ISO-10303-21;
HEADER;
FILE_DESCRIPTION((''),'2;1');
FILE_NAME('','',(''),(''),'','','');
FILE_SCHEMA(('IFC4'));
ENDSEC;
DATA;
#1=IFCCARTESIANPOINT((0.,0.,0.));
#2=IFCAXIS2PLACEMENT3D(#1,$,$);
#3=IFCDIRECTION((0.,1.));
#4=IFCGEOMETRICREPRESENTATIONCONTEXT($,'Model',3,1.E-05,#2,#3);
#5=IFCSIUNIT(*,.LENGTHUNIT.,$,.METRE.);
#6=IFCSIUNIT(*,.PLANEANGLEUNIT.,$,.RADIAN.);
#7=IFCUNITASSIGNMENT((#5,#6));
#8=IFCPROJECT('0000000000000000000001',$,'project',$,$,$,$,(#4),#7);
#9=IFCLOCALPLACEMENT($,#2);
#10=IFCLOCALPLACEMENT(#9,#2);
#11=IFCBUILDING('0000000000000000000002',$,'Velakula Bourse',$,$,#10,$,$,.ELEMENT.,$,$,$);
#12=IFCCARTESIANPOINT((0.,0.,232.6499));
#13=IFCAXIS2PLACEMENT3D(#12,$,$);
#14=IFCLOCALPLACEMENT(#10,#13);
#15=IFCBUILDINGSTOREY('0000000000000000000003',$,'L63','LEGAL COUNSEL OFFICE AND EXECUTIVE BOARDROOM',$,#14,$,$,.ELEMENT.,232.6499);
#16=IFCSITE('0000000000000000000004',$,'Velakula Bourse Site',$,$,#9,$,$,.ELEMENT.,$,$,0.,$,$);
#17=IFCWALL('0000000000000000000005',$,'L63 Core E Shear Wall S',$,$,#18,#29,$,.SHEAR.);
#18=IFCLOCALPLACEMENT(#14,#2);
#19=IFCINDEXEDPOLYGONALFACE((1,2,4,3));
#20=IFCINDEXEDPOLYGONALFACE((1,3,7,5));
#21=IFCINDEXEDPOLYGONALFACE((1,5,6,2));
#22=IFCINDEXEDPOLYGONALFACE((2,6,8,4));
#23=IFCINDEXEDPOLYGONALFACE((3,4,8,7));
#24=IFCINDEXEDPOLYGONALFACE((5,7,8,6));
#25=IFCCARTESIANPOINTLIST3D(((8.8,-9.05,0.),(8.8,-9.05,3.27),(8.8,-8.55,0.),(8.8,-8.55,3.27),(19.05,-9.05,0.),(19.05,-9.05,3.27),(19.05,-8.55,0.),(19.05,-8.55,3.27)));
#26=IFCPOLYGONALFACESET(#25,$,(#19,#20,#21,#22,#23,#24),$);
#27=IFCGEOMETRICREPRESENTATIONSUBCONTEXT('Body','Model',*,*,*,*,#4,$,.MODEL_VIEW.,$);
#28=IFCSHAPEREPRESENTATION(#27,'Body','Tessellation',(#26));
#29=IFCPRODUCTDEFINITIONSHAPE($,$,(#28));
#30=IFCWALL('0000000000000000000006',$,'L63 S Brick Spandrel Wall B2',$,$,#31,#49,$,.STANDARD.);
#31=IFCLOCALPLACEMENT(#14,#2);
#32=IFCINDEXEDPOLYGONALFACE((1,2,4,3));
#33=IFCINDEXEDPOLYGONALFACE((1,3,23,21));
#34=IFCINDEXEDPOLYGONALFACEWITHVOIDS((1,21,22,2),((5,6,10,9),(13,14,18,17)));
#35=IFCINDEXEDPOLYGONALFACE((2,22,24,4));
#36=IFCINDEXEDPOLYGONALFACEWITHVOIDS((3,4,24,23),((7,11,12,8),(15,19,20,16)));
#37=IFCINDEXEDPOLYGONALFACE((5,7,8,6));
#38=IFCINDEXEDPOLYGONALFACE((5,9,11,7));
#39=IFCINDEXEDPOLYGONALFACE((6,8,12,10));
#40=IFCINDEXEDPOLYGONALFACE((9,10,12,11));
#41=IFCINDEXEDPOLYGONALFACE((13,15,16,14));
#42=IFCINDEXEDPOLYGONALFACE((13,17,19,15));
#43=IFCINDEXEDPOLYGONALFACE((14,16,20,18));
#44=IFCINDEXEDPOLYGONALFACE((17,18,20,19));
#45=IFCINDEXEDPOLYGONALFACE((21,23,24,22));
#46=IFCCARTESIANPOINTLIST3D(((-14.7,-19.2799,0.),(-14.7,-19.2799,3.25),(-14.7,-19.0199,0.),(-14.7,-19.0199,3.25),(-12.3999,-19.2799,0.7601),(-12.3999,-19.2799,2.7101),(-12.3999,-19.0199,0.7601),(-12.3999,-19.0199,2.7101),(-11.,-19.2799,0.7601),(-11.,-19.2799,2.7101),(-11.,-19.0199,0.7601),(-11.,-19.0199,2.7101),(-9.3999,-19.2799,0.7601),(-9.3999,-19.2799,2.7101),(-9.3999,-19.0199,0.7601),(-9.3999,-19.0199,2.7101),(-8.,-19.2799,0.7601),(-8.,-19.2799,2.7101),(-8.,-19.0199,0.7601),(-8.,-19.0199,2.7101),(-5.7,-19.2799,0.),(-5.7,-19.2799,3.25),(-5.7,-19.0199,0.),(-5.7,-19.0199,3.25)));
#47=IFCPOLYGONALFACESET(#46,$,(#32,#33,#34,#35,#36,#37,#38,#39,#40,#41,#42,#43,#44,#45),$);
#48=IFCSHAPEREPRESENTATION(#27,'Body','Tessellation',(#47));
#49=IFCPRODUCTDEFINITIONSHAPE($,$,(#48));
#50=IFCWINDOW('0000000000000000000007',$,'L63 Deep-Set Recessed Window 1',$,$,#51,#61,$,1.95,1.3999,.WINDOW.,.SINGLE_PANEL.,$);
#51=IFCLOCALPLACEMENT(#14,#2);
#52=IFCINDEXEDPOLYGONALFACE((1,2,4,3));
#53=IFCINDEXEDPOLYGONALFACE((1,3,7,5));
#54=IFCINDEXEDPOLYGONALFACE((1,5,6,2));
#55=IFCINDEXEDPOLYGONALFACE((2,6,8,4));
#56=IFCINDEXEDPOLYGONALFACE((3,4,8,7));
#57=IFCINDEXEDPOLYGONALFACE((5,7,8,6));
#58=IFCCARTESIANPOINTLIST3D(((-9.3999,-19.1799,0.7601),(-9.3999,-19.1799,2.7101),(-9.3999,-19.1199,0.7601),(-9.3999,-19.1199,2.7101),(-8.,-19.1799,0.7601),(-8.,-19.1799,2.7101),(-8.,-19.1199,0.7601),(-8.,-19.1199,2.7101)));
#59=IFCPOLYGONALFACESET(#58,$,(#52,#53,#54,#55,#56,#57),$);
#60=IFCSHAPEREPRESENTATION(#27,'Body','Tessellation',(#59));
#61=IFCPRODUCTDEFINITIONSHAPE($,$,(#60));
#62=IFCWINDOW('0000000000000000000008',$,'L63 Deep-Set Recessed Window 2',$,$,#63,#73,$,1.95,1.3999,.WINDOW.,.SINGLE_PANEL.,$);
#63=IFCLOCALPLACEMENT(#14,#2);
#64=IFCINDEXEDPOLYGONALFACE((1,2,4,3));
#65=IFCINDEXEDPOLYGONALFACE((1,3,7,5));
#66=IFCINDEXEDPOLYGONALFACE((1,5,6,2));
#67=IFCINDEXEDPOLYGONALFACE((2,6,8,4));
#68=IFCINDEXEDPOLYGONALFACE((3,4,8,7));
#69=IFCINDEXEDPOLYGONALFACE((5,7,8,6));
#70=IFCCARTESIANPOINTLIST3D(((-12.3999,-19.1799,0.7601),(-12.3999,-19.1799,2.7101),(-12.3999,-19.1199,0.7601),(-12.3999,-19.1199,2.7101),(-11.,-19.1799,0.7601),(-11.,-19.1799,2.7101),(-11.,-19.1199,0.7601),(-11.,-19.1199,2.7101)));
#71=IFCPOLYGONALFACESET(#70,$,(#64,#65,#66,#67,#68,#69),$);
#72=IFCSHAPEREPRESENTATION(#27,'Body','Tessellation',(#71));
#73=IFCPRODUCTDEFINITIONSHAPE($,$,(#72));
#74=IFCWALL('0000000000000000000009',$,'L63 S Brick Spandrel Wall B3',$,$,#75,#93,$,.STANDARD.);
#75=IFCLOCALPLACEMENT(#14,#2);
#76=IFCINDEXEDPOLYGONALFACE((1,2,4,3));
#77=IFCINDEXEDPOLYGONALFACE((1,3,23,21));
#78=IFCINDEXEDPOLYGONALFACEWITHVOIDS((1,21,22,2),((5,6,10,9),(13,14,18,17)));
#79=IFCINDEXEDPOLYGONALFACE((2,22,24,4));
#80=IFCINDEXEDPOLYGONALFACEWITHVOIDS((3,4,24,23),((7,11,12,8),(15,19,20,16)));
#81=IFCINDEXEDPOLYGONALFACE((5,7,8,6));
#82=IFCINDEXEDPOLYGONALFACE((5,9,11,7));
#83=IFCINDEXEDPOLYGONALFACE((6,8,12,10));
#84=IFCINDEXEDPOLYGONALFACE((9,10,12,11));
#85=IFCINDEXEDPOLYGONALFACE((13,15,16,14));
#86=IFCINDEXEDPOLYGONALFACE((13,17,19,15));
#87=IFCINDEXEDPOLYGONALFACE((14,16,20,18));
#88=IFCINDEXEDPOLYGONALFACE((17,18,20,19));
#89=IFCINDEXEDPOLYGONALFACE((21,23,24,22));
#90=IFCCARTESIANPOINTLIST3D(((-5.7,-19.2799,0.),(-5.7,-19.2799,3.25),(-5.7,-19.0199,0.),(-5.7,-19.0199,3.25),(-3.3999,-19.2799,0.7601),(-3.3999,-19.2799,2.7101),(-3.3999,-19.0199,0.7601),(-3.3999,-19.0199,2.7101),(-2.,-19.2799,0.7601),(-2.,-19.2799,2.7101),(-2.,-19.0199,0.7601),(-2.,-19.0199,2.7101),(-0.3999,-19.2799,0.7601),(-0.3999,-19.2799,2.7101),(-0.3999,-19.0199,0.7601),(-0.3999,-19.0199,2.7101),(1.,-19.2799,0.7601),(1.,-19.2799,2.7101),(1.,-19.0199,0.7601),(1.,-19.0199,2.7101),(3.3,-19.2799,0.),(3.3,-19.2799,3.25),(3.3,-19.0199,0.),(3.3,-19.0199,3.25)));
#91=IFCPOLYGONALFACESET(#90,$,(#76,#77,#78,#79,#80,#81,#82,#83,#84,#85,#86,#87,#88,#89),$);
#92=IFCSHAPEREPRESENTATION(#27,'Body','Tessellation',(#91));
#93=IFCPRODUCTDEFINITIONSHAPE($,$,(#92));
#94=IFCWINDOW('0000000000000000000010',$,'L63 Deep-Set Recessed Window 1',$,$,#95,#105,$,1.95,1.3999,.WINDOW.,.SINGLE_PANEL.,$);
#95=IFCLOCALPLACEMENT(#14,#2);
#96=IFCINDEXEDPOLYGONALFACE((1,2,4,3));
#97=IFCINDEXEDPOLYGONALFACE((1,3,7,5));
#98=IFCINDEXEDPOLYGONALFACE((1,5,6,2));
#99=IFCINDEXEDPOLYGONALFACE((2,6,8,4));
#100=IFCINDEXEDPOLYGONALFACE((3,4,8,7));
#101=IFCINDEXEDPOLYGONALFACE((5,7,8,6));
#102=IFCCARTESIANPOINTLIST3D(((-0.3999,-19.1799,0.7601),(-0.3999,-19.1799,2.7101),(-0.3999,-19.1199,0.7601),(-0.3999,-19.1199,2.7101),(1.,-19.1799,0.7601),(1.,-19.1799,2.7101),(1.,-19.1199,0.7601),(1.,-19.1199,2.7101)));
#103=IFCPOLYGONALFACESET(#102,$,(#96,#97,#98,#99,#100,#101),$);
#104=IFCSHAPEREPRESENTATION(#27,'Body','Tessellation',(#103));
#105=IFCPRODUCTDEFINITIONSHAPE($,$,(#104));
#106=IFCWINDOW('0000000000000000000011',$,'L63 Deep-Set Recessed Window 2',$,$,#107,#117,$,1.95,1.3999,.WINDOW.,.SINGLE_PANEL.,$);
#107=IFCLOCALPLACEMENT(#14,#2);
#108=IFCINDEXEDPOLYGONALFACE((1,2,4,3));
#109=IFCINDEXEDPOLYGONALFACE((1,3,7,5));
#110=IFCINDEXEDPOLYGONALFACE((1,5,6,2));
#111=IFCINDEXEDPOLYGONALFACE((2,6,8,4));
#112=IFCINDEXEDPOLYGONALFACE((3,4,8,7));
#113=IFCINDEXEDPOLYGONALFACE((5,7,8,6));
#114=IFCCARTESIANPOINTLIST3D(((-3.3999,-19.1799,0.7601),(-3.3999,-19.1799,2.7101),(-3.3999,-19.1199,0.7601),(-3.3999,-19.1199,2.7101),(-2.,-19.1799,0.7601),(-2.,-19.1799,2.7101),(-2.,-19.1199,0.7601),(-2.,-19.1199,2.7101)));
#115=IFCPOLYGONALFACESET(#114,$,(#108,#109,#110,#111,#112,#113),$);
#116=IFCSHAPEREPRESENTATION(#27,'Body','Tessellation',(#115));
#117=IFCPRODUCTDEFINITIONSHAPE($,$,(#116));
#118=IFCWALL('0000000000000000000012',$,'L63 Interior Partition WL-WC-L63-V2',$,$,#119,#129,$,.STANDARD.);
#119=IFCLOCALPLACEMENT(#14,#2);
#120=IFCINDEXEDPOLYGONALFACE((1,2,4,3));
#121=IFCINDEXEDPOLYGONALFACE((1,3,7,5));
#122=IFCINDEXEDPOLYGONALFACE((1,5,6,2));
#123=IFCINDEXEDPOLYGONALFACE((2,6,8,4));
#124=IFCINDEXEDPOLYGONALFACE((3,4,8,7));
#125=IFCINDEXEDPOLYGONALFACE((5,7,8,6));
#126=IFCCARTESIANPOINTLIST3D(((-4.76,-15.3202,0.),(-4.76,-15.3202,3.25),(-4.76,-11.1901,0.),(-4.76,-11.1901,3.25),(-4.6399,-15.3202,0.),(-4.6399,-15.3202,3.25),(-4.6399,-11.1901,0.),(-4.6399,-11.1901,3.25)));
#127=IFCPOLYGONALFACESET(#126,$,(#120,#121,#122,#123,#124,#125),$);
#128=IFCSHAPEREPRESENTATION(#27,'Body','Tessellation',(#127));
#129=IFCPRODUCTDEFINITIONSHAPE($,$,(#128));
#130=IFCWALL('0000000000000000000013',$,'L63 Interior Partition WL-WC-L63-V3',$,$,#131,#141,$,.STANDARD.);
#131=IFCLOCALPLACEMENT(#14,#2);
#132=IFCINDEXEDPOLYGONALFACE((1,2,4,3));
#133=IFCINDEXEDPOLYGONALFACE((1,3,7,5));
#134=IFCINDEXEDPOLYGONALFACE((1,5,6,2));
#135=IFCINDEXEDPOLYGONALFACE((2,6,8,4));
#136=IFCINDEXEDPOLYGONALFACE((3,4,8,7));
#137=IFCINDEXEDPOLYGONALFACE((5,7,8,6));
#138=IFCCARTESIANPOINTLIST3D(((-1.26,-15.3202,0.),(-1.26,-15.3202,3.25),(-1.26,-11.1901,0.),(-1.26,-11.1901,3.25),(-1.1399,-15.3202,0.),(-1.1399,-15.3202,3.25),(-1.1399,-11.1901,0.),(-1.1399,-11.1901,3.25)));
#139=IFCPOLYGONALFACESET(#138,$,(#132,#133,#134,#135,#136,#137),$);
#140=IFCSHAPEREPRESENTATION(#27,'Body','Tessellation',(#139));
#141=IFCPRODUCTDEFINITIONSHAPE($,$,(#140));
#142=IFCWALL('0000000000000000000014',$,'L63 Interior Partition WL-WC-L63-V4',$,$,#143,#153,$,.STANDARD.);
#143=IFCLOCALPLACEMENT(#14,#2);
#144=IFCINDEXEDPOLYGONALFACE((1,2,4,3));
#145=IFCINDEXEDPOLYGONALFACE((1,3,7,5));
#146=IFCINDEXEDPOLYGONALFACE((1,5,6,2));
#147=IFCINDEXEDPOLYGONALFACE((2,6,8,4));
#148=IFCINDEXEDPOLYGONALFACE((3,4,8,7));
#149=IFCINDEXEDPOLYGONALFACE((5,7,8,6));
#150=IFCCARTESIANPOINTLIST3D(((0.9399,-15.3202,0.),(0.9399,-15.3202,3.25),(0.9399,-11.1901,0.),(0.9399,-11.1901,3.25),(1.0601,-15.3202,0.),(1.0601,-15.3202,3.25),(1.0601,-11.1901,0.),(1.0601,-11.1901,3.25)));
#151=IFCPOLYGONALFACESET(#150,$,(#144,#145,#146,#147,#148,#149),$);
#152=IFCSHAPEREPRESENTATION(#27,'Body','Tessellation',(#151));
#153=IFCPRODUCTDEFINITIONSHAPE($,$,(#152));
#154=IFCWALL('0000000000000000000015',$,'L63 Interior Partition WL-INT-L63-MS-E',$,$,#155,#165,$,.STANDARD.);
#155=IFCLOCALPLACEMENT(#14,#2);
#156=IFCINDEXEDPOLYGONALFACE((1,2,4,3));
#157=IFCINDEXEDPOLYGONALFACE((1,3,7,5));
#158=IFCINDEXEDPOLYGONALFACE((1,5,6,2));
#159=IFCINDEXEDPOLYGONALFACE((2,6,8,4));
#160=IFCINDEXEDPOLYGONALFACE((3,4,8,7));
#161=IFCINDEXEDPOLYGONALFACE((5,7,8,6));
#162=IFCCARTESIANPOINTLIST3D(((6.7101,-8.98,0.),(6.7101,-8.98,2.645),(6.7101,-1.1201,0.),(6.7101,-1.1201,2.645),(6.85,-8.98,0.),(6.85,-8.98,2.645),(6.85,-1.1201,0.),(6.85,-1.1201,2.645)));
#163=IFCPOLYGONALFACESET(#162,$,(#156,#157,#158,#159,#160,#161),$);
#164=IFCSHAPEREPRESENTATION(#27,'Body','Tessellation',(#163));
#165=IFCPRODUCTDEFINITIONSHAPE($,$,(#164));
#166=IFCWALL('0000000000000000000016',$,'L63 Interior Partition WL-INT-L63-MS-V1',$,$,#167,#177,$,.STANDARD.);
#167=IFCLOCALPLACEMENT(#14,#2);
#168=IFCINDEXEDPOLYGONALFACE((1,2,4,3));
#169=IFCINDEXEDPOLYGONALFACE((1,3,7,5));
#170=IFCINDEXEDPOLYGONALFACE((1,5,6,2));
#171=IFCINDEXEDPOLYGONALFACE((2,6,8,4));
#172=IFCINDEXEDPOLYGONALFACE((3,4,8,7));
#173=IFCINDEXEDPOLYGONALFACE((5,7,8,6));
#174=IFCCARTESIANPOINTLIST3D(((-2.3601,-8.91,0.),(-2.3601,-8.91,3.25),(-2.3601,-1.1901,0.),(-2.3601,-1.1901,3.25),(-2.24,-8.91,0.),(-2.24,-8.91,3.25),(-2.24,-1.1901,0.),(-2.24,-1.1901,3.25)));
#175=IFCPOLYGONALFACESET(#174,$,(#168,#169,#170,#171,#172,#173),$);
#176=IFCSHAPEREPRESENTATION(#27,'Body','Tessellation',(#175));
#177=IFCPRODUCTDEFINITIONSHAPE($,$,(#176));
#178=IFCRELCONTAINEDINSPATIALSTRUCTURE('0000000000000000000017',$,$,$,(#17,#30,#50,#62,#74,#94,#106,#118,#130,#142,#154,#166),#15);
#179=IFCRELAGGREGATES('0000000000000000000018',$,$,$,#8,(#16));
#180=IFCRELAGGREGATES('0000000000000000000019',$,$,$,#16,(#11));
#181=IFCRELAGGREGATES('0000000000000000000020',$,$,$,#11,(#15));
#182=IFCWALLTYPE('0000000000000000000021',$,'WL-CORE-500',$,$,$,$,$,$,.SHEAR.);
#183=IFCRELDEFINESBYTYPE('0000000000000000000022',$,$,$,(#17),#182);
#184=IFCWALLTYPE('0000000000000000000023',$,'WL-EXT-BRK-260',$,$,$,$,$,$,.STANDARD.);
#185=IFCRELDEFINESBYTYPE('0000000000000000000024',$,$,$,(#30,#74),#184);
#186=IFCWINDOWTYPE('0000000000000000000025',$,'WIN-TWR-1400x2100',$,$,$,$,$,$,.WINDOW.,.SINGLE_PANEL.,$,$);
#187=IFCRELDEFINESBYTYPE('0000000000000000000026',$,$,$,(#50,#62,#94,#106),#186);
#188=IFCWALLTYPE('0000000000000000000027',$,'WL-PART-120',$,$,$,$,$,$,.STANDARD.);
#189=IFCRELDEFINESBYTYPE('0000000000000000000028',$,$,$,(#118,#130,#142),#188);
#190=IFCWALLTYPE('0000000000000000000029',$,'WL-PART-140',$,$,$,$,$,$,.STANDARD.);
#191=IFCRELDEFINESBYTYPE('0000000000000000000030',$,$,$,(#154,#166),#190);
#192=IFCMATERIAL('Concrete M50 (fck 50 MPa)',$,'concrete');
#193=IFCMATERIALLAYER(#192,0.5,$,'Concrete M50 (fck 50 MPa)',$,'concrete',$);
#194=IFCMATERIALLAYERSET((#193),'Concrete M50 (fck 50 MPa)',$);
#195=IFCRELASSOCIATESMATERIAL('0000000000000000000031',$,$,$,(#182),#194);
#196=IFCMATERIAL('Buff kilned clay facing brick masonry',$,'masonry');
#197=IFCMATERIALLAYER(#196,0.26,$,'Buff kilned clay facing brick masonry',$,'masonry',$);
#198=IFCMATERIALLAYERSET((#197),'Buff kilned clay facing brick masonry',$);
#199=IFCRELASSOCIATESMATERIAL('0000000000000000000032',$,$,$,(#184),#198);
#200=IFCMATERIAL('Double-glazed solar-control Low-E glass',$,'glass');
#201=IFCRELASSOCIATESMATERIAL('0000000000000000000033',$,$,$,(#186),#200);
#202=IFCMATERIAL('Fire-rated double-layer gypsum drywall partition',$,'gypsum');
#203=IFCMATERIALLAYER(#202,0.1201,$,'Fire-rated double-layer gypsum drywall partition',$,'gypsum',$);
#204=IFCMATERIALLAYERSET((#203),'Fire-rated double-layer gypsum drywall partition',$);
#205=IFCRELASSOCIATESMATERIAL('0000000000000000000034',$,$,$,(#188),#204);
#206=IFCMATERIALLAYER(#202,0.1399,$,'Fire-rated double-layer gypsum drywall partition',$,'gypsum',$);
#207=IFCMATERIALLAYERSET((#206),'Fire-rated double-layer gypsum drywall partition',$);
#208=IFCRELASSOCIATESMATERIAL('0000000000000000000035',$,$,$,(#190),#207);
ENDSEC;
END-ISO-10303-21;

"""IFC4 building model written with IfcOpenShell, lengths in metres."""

from ifc_helpers import new_model, si_unit, direction, frame, frame_2d, origin, place, context, subcontext, project, spatial, rectangle, extrude, material, layer, layer_set, type_object, element, fill, save


model = new_model("IFC4")

# Units and contexts
model_context = context("Model", 3, precision=1e-05, world=origin(), true_north=direction((0.0, 1.0)))
body_context = subcontext(model_context, "Body", "Model", "MODEL_VIEW")
ifc_project = project(units=[si_unit("LENGTHUNIT", "METRE"), si_unit("PLANEANGLEUNIT", "RADIAN")], contexts=[model_context])

# Site, building, storey
site_placement = place(None, origin())
site = spatial("IfcSite", under=ifc_project, at=site_placement, Name="Velakula Bourse Site", CompositionType="ELEMENT", RefElevation=0.0)
building_placement = place(site_placement, origin())
building = spatial("IfcBuilding", under=site, at=building_placement, Name="Velakula Bourse", CompositionType="ELEMENT")
storey_placement = place(building_placement, frame((0.0, 0.0, 232.6499)))
storey = spatial("IfcBuildingStorey", under=building, at=storey_placement, Name="L63", Description="LEGAL COUNSEL OFFICE AND EXECUTIVE BOARDROOM", CompositionType="ELEMENT", Elevation=232.6499)

# Wall
ifc_material_1 = material(Name="Concrete M50 (fck 50 MPa)", Category="concrete")
ifc_layer_1 = layer(ifc_material_1, 0.5, Name="Concrete M50 (fck 50 MPa)", Category="concrete")
ifc_layer_set_1 = layer_set([ifc_layer_1], Name="Concrete M50 (fck 50 MPa)")
wall_type_1 = type_object("IfcWallType", Name="WL-CORE-500", PredefinedType="SHEAR", material=ifc_layer_set_1)
wall_1_placement = place(storey_placement, frame((8.8, -8.8, 0.0), z_axis=(0.0, 0.0, 1.0), x_axis=(1.0, 0.0, 0.0)))
element("IfcWall", 1, at=wall_1_placement, inside=storey, type_object=wall_type_1, Name="L63 Core E Shear Wall S", PredefinedType="SHEAR", context=body_context, shape_type="SweptSolid", body=[
    extrude(rectangle(XDim=10.25, YDim=0.5, at=frame_2d((5.125, 0.0))), origin(), (0.0, 0.0, 1.0), 3.27),
])

# Walls, openings, windows
ifc_material_2 = material(Name="Buff kilned clay facing brick masonry", Category="masonry")
ifc_layer_2 = layer(ifc_material_2, 0.26, Name="Buff kilned clay facing brick masonry", Category="masonry")
ifc_layer_set_2 = layer_set([ifc_layer_2], Name="Buff kilned clay facing brick masonry")
wall_type_2 = type_object("IfcWallType", Name="WL-EXT-BRK-260", PredefinedType="STANDARD", material=ifc_layer_set_2)
wall_2_placement = place(storey_placement, frame((-5.7, -19.1499, 0.0), z_axis=(0.0, 0.0, 1.0), x_axis=(-1.0, 0.0, 0.0)))
wall_2 = element("IfcWall", 2, at=wall_2_placement, inside=storey, type_object=wall_type_2, Name="L63 S Brick Spandrel Wall B2", PredefinedType="STANDARD", context=body_context, shape_type="SweptSolid", body=[
    extrude(rectangle(XDim=9.0, YDim=0.26, at=frame_2d((4.5, 0.0))), origin(), (0.0, 0.0, 1.0), 3.25),
])
opening_1_placement = place(wall_2_placement, frame((2.3, 0.0, 0.76)))
opening_1 = element("IfcOpeningElement", 3, at=opening_1_placement, cuts=wall_2, PredefinedType="OPENING", context=body_context, shape_type="SweptSolid", body=[
    extrude(rectangle(XDim=1.3999, YDim=1.95, at=frame_2d((0.7, 0.9751))), frame((0.0, 0.1399, 0.0), z_axis=(0.0, -1.0, 0.0), x_axis=(1.0, 0.0, 0.0)), (0.0, 0.0, 1.0), 0.28),
])
opening_2_placement = place(wall_2_placement, frame((5.3, 0.0, 0.76)))
opening_2 = element("IfcOpeningElement", 4, at=opening_2_placement, cuts=wall_2, PredefinedType="OPENING", context=body_context, shape_type="SweptSolid", body=[
    extrude(rectangle(XDim=1.3999, YDim=1.95, at=frame_2d((0.7, 0.9751))), frame((0.0, 0.1399, 0.0), z_axis=(0.0, -1.0, 0.0), x_axis=(1.0, 0.0, 0.0)), (0.0, 0.0, 1.0), 0.28),
])
ifc_material_3 = material(Name="Double-glazed solar-control Low-E glass", Category="glass")
window_type = type_object("IfcWindowType", Name="WIN-TWR-1400x2100", PartitioningType="SINGLE_PANEL", PredefinedType="WINDOW", material=ifc_material_3)
window_1_placement = place(opening_1_placement, origin())
window_1 = element("IfcWindow", 5, at=window_1_placement, inside=storey, type_object=window_type, Name="L63 Deep-Set Recessed Window 1", OverallHeight=1.95, OverallWidth=1.3999, PartitioningType="SINGLE_PANEL", PredefinedType="WINDOW", context=body_context, shape_type="SweptSolid", body=[
    extrude(rectangle(XDim=1.3999, YDim=1.95, at=frame_2d((0.7, 0.9751))), frame((0.0, 0.03, 0.0), z_axis=(0.0, -1.0, 0.0), x_axis=(1.0, 0.0, 0.0)), (0.0, 0.0, 1.0), 0.0601),
])
fill(opening_1, window_1)
window_2_placement = place(opening_2_placement, origin())
window_2 = element("IfcWindow", 6, at=window_2_placement, inside=storey, type_object=window_type, Name="L63 Deep-Set Recessed Window 2", OverallHeight=1.95, OverallWidth=1.3999, PartitioningType="SINGLE_PANEL", PredefinedType="WINDOW", context=body_context, shape_type="SweptSolid", body=[
    extrude(rectangle(XDim=1.3999, YDim=1.95, at=frame_2d((0.7, 0.9751))), frame((0.0, 0.03, 0.0), z_axis=(0.0, -1.0, 0.0), x_axis=(1.0, 0.0, 0.0)), (0.0, 0.0, 1.0), 0.0601),
])
fill(opening_2, window_2)
wall_3_placement = place(storey_placement, frame((3.3, -19.1499, 0.0), z_axis=(0.0, 0.0, 1.0), x_axis=(-1.0, 0.0, 0.0)))
wall_3 = element("IfcWall", 7, at=wall_3_placement, inside=storey, type_object=wall_type_2, Name="L63 S Brick Spandrel Wall B3", PredefinedType="STANDARD", context=body_context, shape_type="SweptSolid", body=[
    extrude(rectangle(XDim=9.0, YDim=0.26, at=frame_2d((4.5, 0.0))), origin(), (0.0, 0.0, 1.0), 3.25),
])
opening_3_placement = place(wall_3_placement, frame((2.3, 0.0, 0.76)))
opening_3 = element("IfcOpeningElement", 8, at=opening_3_placement, cuts=wall_3, PredefinedType="OPENING", context=body_context, shape_type="SweptSolid", body=[
    extrude(rectangle(XDim=1.3999, YDim=1.95, at=frame_2d((0.7, 0.9751))), frame((0.0, 0.1399, 0.0), z_axis=(0.0, -1.0, 0.0), x_axis=(1.0, 0.0, 0.0)), (0.0, 0.0, 1.0), 0.28),
])
opening_4_placement = place(wall_3_placement, frame((5.3, 0.0, 0.76)))
opening_4 = element("IfcOpeningElement", 9, at=opening_4_placement, cuts=wall_3, PredefinedType="OPENING", context=body_context, shape_type="SweptSolid", body=[
    extrude(rectangle(XDim=1.3999, YDim=1.95, at=frame_2d((0.7, 0.9751))), frame((0.0, 0.1399, 0.0), z_axis=(0.0, -1.0, 0.0), x_axis=(1.0, 0.0, 0.0)), (0.0, 0.0, 1.0), 0.28),
])
window_3_placement = place(opening_3_placement, origin())
window_3 = element("IfcWindow", 10, at=window_3_placement, inside=storey, type_object=window_type, Name="L63 Deep-Set Recessed Window 1", OverallHeight=1.95, OverallWidth=1.3999, PartitioningType="SINGLE_PANEL", PredefinedType="WINDOW", context=body_context, shape_type="SweptSolid", body=[
    extrude(rectangle(XDim=1.3999, YDim=1.95, at=frame_2d((0.7, 0.9751))), frame((0.0, 0.03, 0.0), z_axis=(0.0, -1.0, 0.0), x_axis=(1.0, 0.0, 0.0)), (0.0, 0.0, 1.0), 0.0601),
])
fill(opening_3, window_3)
window_4_placement = place(opening_4_placement, origin())
window_4 = element("IfcWindow", 11, at=window_4_placement, inside=storey, type_object=window_type, Name="L63 Deep-Set Recessed Window 2", OverallHeight=1.95, OverallWidth=1.3999, PartitioningType="SINGLE_PANEL", PredefinedType="WINDOW", context=body_context, shape_type="SweptSolid", body=[
    extrude(rectangle(XDim=1.3999, YDim=1.95, at=frame_2d((0.7, 0.9751))), frame((0.0, 0.03, 0.0), z_axis=(0.0, -1.0, 0.0), x_axis=(1.0, 0.0, 0.0)), (0.0, 0.0, 1.0), 0.0601),
])
fill(opening_4, window_4)

# Walls
ifc_material_4 = material(Name="Fire-rated double-layer gypsum drywall partition", Category="gypsum")
ifc_layer_3 = layer(ifc_material_4, 0.1201, Name="Fire-rated double-layer gypsum drywall partition", Category="gypsum")
ifc_layer_set_3 = layer_set([ifc_layer_3], Name="Fire-rated double-layer gypsum drywall partition")
wall_type_3 = type_object("IfcWallType", Name="WL-PART-120", PredefinedType="STANDARD", material=ifc_layer_set_3)
for number, where, z_axis, x_axis, name in (
    (12, (-4.7, -15.3201, 0.0), (0.0, 0.0, 1.0), (0.0, 1.0, 0.0), "L63 Interior Partition WL-WC-L63-V2"),
    (13, (-1.2, -15.3201, 0.0), (0.0, 0.0, 1.0), (0.0, 1.0, 0.0), "L63 Interior Partition WL-WC-L63-V3"),
    (14, (1.0, -15.3201, 0.0), (0.0, 0.0, 1.0), (0.0, 1.0, 0.0), "L63 Interior Partition WL-WC-L63-V4"),
):
    element("IfcWall", number, at=place(storey_placement, frame(where, z_axis=z_axis, x_axis=x_axis)), inside=storey, type_object=wall_type_3, Name=name, PredefinedType="STANDARD", context=body_context, shape_type="SweptSolid", body=[
        extrude(rectangle(XDim=4.1301, YDim=0.1201, at=frame_2d((2.0649, 0.0))), origin(), (0.0, 0.0, 1.0), 3.25),
    ])
ifc_layer_4 = layer(ifc_material_4, 0.1399, Name="Fire-rated double-layer gypsum drywall partition", Category="gypsum")
ifc_layer_set_4 = layer_set([ifc_layer_4], Name="Fire-rated double-layer gypsum drywall partition")
wall_type_4 = type_object("IfcWallType", Name="WL-PART-140", PredefinedType="STANDARD", material=ifc_layer_set_4)
wall_4_placement = place(storey_placement, frame((6.78, -8.98, 0.0), z_axis=(0.0, 0.0, 1.0), x_axis=(0.0, 1.0, 0.0)))
element("IfcWall", 15, at=wall_4_placement, inside=storey, type_object=wall_type_4, Name="L63 Interior Partition WL-INT-L63-MS-E", PredefinedType="STANDARD", context=body_context, shape_type="SweptSolid", body=[
    extrude(rectangle(XDim=7.8599, YDim=0.1399, at=frame_2d((3.9299, 0.0))), origin(), (0.0, 0.0, 1.0), 2.645),
])
for number, where, z_axis, x_axis, name in (
    (16, (-2.3, -8.9099, 0.0), (0.0, 0.0, 1.0), (0.0, 1.0, 0.0), "L63 Interior Partition WL-INT-L63-MS-V1"),
):
    element("IfcWall", number, at=place(storey_placement, frame(where, z_axis=z_axis, x_axis=x_axis)), inside=storey, type_object=wall_type_4, Name=name, PredefinedType="STANDARD", context=body_context, shape_type="SweptSolid", body=[
        extrude(rectangle(XDim=7.72, YDim=0.1201, at=frame_2d((3.8599, 0.0))), origin(), (0.0, 0.0, 1.0), 3.25),
    ])

save(model, "model.ifc")
